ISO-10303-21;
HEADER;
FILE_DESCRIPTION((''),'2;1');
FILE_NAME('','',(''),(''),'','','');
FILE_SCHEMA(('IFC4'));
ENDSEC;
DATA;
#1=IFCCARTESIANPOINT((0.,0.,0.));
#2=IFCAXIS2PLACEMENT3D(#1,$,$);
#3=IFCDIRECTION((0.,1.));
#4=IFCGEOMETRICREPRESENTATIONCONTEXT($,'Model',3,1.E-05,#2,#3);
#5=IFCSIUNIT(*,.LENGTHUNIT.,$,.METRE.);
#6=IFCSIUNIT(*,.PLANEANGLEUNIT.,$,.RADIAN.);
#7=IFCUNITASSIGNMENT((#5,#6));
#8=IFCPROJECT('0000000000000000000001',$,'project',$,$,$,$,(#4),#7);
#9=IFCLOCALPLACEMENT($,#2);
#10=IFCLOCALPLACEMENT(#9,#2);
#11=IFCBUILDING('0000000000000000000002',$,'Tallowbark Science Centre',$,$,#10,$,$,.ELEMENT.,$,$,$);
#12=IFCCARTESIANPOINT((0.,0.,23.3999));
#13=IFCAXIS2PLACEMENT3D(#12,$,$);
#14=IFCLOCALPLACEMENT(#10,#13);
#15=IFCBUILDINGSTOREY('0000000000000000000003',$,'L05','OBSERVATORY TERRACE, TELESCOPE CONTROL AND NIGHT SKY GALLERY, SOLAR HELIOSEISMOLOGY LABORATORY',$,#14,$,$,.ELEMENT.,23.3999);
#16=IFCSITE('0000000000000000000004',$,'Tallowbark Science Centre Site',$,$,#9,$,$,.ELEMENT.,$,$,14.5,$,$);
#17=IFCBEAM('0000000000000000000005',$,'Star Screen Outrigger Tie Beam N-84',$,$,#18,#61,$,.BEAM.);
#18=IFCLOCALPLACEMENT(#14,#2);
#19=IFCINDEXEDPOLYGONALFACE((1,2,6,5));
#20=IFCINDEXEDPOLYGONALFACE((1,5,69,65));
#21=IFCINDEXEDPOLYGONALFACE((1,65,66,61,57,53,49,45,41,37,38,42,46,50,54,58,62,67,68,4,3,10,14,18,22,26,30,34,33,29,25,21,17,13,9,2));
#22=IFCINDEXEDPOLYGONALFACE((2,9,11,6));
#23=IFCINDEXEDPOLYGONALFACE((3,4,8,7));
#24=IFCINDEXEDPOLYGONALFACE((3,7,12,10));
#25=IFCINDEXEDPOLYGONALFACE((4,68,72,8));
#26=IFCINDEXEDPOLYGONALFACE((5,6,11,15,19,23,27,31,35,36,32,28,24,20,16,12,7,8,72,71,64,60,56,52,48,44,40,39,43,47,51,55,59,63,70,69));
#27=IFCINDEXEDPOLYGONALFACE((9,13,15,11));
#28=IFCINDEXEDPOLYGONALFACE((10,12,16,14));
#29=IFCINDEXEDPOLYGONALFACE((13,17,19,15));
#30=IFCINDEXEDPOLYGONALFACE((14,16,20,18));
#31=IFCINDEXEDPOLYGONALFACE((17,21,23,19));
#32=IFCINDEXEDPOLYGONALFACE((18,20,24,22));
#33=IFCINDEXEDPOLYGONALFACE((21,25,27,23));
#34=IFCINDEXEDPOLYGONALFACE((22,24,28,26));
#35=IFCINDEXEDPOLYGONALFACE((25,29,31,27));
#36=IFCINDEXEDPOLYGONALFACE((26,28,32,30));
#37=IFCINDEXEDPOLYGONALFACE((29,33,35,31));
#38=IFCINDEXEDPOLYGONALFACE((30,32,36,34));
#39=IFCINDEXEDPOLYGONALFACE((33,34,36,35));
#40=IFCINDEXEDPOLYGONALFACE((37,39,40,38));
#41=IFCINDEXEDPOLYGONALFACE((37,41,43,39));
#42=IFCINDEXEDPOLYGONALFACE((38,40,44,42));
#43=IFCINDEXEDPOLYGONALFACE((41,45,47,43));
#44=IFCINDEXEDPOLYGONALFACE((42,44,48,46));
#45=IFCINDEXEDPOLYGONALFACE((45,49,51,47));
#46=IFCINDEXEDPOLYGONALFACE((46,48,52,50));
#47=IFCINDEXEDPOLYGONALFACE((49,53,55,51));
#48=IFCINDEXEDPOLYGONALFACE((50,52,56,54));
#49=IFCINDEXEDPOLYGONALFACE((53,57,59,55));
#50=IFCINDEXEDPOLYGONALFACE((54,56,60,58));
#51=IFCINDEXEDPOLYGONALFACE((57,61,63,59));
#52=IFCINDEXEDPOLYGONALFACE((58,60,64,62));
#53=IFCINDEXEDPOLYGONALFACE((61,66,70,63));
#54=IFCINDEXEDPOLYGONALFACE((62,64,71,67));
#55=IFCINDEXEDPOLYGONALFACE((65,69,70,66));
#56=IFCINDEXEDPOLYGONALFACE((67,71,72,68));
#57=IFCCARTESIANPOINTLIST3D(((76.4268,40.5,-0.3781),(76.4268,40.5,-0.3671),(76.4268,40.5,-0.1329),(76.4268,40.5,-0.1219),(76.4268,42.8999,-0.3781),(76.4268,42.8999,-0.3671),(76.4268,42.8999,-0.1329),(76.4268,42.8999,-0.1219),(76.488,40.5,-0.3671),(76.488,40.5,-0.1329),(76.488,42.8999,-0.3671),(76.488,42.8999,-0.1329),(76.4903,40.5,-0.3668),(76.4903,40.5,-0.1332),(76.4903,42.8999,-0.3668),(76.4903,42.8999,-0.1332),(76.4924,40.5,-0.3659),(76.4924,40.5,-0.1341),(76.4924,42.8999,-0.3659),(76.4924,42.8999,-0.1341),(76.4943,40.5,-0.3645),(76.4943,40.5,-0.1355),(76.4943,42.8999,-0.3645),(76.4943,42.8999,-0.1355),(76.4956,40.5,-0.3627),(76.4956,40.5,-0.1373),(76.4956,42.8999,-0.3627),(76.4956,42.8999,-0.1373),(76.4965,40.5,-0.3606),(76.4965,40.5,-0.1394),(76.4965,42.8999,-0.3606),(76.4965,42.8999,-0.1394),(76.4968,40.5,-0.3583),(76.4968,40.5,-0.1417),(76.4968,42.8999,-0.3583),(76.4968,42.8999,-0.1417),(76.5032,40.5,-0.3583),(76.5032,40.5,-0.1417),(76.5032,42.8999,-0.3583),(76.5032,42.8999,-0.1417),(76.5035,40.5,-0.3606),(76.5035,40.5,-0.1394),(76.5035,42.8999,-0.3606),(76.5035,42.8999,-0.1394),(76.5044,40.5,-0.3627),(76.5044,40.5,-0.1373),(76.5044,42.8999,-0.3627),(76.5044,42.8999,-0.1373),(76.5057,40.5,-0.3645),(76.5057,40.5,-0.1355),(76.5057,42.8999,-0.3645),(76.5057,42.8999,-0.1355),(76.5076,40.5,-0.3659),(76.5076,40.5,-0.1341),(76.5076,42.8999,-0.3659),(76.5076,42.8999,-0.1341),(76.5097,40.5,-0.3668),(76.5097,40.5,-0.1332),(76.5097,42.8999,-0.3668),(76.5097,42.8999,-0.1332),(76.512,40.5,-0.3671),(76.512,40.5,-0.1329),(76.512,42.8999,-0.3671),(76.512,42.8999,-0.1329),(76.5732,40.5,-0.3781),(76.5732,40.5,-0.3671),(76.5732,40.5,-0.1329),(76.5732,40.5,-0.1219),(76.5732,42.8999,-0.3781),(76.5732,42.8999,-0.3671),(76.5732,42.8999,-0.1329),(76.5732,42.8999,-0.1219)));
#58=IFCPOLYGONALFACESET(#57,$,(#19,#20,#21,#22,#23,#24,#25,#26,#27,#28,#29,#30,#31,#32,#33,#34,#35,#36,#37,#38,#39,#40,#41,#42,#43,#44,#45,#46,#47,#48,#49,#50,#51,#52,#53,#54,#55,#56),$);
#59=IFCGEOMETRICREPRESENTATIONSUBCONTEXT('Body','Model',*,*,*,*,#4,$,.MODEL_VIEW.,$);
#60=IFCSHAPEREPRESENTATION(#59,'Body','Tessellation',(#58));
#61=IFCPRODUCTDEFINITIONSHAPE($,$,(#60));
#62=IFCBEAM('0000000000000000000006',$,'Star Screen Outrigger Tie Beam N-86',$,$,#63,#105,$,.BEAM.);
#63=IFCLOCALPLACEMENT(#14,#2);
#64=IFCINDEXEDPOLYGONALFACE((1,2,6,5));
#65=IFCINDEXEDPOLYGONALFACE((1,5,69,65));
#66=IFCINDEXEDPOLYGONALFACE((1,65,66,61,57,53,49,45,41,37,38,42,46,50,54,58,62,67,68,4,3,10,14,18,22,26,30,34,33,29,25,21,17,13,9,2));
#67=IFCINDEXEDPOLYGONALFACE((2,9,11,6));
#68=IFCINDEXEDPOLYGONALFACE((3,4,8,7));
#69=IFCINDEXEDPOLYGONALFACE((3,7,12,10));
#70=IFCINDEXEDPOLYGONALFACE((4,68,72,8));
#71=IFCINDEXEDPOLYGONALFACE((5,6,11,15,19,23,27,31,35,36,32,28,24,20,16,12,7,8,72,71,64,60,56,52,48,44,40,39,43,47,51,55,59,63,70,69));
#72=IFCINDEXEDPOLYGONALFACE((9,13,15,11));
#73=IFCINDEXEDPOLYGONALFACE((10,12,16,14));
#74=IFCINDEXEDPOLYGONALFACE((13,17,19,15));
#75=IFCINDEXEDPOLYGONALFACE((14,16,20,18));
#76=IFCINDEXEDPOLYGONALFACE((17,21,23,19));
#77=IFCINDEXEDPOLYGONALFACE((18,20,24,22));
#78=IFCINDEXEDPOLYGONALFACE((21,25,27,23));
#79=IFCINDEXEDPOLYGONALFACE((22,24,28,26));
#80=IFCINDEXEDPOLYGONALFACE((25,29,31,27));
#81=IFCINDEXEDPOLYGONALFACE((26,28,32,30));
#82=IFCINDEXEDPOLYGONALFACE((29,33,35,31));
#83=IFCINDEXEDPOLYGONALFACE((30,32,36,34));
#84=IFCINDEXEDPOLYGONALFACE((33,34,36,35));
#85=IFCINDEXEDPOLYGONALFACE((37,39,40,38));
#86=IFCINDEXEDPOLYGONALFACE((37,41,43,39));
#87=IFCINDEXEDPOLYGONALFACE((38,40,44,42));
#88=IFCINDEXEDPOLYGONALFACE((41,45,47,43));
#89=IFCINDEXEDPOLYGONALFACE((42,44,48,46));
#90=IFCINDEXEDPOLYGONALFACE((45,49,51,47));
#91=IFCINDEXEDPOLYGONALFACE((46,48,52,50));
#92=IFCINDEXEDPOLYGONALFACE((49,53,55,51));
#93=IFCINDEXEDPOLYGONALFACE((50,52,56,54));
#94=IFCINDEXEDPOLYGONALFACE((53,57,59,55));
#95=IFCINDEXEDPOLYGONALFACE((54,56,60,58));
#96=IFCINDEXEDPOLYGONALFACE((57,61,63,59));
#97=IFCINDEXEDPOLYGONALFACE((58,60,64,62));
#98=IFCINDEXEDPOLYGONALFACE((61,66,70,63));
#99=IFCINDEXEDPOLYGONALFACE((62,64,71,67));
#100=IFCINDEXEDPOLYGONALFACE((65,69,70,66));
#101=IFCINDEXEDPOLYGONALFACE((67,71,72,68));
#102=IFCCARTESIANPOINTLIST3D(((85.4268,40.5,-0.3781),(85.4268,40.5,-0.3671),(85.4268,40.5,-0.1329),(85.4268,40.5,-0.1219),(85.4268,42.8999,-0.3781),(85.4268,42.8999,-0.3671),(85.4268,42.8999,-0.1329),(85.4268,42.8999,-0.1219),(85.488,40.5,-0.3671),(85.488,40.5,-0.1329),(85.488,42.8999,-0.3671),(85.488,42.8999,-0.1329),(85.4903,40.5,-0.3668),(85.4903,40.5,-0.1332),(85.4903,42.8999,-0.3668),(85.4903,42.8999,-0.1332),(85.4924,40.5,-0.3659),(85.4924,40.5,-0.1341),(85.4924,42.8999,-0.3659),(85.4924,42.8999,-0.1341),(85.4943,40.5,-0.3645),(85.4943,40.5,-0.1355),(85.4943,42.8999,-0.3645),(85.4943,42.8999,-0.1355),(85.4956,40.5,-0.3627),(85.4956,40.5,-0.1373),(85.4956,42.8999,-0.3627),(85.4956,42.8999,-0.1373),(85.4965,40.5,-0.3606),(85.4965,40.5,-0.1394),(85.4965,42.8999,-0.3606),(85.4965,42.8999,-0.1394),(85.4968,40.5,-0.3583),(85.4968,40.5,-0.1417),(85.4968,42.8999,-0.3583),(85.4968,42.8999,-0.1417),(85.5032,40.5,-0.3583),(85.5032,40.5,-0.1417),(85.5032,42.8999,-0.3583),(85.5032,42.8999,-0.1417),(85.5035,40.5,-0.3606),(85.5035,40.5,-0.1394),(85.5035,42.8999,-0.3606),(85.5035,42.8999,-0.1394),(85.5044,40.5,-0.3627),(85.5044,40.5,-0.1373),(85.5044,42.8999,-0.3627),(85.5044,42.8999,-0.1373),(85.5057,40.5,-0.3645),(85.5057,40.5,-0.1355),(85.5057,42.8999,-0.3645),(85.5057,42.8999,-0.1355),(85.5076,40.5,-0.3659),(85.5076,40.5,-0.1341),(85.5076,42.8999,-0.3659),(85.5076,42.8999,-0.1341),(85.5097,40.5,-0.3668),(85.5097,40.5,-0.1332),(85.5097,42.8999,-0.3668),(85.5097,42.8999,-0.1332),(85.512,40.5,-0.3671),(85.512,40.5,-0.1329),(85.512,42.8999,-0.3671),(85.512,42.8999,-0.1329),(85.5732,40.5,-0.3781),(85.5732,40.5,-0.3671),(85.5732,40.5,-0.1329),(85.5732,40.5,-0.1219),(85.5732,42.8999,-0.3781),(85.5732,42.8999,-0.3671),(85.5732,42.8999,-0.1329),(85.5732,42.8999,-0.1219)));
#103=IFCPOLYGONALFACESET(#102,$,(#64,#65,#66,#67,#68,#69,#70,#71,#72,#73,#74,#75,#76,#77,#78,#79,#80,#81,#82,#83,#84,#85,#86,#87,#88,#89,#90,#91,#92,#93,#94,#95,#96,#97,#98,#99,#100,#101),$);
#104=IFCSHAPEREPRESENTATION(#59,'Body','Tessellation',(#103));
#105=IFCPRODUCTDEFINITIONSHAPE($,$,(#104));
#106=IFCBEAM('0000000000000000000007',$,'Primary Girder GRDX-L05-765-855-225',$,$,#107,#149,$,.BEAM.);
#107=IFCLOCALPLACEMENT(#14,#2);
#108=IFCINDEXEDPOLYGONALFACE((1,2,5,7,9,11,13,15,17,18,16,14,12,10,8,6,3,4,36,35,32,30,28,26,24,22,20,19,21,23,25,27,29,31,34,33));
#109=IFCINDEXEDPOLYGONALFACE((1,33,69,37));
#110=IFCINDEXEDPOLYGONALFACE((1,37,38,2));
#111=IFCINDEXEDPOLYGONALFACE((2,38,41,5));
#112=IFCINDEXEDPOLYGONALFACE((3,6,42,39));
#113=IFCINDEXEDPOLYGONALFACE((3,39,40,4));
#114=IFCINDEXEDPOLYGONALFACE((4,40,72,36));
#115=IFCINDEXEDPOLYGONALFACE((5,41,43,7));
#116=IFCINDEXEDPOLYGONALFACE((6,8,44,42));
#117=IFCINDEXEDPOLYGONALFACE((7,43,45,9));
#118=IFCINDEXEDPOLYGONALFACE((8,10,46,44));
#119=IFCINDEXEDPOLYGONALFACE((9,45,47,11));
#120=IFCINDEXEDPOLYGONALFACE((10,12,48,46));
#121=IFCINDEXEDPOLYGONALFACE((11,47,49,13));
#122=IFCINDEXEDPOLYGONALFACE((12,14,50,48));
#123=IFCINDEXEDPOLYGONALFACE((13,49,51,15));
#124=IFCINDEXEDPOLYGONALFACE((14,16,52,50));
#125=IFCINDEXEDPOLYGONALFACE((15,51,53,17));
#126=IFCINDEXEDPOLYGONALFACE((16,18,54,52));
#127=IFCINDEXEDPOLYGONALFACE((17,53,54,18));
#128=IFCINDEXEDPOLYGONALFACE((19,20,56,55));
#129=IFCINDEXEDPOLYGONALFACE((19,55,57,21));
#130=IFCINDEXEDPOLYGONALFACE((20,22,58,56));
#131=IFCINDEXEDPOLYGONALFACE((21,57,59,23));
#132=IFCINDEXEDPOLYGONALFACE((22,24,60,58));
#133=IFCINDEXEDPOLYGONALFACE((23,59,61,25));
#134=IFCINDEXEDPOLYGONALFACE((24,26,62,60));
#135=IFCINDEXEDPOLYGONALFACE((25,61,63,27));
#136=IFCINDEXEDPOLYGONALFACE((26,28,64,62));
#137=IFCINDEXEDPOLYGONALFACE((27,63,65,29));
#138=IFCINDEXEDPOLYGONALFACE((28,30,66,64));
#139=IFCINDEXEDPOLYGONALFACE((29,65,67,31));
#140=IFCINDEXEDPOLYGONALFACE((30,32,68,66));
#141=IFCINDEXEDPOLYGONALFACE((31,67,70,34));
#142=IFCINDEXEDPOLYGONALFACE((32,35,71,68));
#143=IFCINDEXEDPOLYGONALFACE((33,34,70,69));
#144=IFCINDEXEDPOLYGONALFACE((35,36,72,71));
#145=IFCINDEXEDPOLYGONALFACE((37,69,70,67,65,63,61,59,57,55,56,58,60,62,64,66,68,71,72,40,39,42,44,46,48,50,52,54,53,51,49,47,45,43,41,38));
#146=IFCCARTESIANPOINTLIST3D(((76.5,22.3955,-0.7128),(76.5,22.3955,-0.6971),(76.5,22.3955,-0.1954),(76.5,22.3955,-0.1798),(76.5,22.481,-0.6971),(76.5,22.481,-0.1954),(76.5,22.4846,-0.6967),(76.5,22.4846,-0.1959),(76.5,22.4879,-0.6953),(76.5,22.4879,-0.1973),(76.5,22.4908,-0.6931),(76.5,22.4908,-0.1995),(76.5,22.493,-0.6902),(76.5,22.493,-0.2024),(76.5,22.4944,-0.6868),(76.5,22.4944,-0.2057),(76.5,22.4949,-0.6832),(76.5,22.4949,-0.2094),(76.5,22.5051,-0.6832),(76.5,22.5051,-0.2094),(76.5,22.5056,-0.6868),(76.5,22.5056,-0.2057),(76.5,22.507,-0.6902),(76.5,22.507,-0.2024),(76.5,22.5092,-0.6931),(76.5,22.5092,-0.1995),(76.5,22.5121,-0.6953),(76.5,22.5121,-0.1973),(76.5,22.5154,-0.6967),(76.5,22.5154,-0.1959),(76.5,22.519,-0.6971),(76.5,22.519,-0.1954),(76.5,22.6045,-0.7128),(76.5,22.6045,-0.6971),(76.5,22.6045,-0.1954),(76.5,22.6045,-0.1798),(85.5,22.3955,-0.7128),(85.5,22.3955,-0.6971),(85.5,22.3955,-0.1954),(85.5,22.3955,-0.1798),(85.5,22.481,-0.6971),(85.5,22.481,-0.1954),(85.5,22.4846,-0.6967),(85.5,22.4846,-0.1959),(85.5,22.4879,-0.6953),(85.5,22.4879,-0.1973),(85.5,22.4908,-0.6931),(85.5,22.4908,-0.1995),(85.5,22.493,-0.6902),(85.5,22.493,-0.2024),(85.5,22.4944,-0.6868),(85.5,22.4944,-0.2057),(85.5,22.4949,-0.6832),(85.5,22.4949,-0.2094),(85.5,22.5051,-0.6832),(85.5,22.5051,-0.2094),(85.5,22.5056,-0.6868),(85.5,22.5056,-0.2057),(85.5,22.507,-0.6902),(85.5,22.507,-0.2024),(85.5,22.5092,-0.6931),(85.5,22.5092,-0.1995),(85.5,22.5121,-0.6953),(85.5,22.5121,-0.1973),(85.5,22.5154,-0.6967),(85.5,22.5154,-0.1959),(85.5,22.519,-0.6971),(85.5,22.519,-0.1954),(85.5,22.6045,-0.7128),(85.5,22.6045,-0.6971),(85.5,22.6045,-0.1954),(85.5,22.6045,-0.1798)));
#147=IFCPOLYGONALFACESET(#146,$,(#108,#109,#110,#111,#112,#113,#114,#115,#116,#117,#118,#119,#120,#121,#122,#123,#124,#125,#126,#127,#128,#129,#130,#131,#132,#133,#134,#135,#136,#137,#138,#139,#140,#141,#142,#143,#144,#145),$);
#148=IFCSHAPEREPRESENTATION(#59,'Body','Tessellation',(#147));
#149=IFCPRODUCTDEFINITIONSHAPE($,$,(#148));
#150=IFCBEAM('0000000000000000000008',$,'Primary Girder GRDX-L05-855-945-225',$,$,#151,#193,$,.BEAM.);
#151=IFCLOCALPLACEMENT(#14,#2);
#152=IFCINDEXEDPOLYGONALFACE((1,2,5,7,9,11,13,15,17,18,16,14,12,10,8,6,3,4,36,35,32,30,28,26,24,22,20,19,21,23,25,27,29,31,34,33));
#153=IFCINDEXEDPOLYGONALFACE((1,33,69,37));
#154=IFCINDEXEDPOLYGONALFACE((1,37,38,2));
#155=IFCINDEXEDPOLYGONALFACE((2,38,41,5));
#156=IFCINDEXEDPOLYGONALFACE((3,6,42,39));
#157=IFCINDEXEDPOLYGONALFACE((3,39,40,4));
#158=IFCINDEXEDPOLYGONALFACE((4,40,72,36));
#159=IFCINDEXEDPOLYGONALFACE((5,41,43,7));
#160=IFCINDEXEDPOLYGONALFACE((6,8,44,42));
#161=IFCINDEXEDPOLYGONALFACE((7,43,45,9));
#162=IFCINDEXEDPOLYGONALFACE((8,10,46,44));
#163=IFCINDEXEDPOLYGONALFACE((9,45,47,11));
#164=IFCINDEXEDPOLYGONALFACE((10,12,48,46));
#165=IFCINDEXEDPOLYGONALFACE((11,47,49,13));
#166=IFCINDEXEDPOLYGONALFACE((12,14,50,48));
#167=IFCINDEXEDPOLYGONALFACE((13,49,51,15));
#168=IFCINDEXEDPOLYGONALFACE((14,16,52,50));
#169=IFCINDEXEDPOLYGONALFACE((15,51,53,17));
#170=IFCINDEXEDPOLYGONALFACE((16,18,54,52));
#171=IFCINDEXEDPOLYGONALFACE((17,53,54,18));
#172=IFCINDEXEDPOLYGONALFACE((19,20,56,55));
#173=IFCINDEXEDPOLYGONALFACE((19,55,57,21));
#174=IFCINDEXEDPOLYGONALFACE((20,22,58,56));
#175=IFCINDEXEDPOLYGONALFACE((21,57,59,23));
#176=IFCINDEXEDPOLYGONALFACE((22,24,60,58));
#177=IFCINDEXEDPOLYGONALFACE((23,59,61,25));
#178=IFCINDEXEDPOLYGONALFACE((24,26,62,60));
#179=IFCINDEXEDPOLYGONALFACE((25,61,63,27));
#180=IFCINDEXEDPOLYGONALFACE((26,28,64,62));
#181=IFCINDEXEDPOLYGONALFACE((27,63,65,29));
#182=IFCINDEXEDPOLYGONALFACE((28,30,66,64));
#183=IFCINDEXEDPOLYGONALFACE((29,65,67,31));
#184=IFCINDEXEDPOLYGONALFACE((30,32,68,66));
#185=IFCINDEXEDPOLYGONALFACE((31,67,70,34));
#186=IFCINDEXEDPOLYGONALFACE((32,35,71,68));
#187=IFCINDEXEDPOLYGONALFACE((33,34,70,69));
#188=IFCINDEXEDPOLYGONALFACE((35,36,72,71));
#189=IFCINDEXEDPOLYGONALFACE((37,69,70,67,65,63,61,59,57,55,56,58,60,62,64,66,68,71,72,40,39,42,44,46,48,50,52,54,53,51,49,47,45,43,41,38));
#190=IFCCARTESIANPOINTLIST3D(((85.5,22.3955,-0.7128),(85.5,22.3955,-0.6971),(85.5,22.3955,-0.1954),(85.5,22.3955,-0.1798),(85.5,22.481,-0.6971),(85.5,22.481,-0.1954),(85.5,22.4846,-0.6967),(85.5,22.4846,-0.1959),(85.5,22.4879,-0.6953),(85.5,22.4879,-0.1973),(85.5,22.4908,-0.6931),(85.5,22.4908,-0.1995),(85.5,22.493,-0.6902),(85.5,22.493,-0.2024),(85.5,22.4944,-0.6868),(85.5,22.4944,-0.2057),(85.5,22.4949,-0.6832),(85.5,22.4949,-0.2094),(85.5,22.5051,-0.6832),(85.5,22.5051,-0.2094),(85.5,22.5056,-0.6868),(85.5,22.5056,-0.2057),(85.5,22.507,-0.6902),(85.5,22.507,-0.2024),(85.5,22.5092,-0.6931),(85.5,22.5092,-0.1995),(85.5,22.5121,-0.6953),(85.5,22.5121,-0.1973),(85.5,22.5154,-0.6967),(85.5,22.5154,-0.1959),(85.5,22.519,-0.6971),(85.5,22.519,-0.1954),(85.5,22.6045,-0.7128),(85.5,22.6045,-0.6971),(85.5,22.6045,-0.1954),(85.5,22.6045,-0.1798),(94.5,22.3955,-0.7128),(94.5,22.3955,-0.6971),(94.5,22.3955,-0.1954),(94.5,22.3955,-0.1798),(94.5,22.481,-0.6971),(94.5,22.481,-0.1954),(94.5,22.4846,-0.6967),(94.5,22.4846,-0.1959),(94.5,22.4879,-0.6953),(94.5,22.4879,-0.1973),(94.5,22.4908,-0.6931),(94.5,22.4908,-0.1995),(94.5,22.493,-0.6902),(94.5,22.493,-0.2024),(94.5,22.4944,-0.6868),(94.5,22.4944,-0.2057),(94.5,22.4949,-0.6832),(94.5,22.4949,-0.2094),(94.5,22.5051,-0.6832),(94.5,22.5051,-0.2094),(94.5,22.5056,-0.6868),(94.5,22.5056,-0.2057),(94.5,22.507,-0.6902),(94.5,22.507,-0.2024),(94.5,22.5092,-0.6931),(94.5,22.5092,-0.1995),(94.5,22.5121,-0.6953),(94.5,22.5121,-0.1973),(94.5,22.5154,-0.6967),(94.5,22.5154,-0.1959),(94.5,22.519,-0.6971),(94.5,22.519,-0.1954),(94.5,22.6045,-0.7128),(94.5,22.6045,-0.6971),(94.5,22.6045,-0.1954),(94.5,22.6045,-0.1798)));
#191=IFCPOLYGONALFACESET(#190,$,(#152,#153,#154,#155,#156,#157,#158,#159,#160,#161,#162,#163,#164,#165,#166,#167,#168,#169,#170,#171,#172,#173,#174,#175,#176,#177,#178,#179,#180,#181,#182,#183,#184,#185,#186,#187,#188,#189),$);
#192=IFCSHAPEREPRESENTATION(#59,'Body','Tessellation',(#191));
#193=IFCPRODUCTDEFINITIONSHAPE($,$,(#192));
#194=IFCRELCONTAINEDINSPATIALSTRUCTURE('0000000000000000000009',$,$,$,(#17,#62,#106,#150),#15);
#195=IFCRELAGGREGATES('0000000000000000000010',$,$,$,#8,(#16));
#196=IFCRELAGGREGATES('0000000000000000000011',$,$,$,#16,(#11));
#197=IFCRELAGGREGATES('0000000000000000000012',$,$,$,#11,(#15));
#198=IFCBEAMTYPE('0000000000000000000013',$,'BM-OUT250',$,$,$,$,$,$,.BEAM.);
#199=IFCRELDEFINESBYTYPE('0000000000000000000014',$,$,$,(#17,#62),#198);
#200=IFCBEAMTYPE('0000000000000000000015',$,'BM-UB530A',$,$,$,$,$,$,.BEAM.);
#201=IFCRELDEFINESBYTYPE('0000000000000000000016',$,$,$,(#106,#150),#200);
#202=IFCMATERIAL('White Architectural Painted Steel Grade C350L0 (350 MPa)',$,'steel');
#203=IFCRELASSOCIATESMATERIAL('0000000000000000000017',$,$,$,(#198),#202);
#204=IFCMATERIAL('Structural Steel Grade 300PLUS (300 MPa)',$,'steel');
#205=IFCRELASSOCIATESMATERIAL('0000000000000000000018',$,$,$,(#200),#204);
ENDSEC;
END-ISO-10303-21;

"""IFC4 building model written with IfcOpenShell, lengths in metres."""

from ifc_helpers import new_model, si_unit, direction, frame, origin, origin_2d, place, context, subcontext, project, spatial, i_section, extrude, material, material_profile, profile_set, type_object, element, save


model = new_model("IFC4")

# Units and contexts
model_context = context("Model", 3, precision=1e-05, world=origin(), true_north=direction((0.0, 1.0)))
body_context = subcontext(model_context, "Body", "Model", "MODEL_VIEW")
ifc_project = project(units=[si_unit("LENGTHUNIT", "METRE"), si_unit("PLANEANGLEUNIT", "RADIAN")], contexts=[model_context])

# Site, building, storey
site_placement = place(None, origin())
site = spatial("IfcSite", under=ifc_project, at=site_placement, Name="Tallowbark Science Centre Site", CompositionType="ELEMENT", RefElevation=14.5)
building_placement = place(site_placement, origin())
building = spatial("IfcBuilding", under=site, at=building_placement, Name="Tallowbark Science Centre", CompositionType="ELEMENT")
storey_placement = place(building_placement, frame((0.0, 0.0, 23.3999)))
storey = spatial("IfcBuildingStorey", under=building, at=storey_placement, Name="L05", Description="OBSERVATORY TERRACE, TELESCOPE CONTROL AND NIGHT SKY GALLERY, SOLAR HELIOSEISMOLOGY LABORATORY", CompositionType="ELEMENT", Elevation=23.3999)

# Shared definitions
ifc_material_1 = material(Name="White Architectural Painted Steel Grade C350L0 (350 MPa)", Category="steel")
ifc_material_2 = material(Name="Structural Steel Grade 300PLUS (300 MPa)", Category="steel")

# Beams
ifc_material_profile_1 = material_profile(ifc_material_1, i_section(OverallWidth=0.1465, OverallDepth=0.2561, WebThickness=0.0063, FlangeThickness=0.011, FilletRadius=0.0088, at=origin_2d()), Name="250UB37.3")
ifc_profile_set_1 = profile_set([ifc_material_profile_1], Name="White Architectural Painted Steel Grade C350L0 (350 MPa)")
beam_type_1 = type_object("IfcBeamType", Name="BM-OUT250", PredefinedType="BEAM", material=ifc_profile_set_1)
for number, where, z_axis, x_axis, name in (
    (1, (76.5, 40.5, -0.25), (0.0, 1.0, 0.0), (-1.0, 0.0, 0.0), "Star Screen Outrigger Tie Beam N-84"),
    (2, (85.5, 40.5, -0.25), (0.0, 1.0, 0.0), (-1.0, 0.0, 0.0), "Star Screen Outrigger Tie Beam N-86"),
):
    element("IfcBeam", number, at=place(storey_placement, frame(where, z_axis=z_axis, x_axis=x_axis)), inside=storey, type_object=beam_type_1, Name=name, PredefinedType="BEAM", context=body_context, shape_type="SweptSolid", body=[
        extrude(i_section(OverallWidth=0.1465, OverallDepth=0.2561, WebThickness=0.0063, FlangeThickness=0.011, FilletRadius=0.0088, at=origin_2d()), origin(), (0.0, 0.0, 1.0), 2.3999),
    ])
ifc_material_profile_2 = material_profile(ifc_material_2, i_section(OverallWidth=0.209, OverallDepth=0.533, WebThickness=0.0103, FlangeThickness=0.0156, FilletRadius=0.0139, at=origin_2d()), Name="530UB92.4")
ifc_profile_set_2 = profile_set([ifc_material_profile_2], Name="Structural Steel Grade 300PLUS (300 MPa)")
beam_type_2 = type_object("IfcBeamType", Name="BM-UB530A", PredefinedType="BEAM", material=ifc_profile_set_2)
for number, where, z_axis, x_axis, name in (
    (3, (76.5, 22.5, -0.4463), (1.0, 0.0, 0.0), (0.0, 1.0, 0.0), "Primary Girder GRDX-L05-765-855-225"),
    (4, (85.5, 22.5, -0.4463), (1.0, 0.0, 0.0), (0.0, 1.0, 0.0), "Primary Girder GRDX-L05-855-945-225"),
):
    element("IfcBeam", number, at=place(storey_placement, frame(where, z_axis=z_axis, x_axis=x_axis)), inside=storey, type_object=beam_type_2, Name=name, PredefinedType="BEAM", context=body_context, shape_type="SweptSolid", body=[
        extrude(i_section(OverallWidth=0.209, OverallDepth=0.533, WebThickness=0.0103, FlangeThickness=0.0156, FilletRadius=0.0139, at=origin_2d()), origin(), (0.0, 0.0, 1.0), 9.0),
    ])

save(model, "model.ifc")
